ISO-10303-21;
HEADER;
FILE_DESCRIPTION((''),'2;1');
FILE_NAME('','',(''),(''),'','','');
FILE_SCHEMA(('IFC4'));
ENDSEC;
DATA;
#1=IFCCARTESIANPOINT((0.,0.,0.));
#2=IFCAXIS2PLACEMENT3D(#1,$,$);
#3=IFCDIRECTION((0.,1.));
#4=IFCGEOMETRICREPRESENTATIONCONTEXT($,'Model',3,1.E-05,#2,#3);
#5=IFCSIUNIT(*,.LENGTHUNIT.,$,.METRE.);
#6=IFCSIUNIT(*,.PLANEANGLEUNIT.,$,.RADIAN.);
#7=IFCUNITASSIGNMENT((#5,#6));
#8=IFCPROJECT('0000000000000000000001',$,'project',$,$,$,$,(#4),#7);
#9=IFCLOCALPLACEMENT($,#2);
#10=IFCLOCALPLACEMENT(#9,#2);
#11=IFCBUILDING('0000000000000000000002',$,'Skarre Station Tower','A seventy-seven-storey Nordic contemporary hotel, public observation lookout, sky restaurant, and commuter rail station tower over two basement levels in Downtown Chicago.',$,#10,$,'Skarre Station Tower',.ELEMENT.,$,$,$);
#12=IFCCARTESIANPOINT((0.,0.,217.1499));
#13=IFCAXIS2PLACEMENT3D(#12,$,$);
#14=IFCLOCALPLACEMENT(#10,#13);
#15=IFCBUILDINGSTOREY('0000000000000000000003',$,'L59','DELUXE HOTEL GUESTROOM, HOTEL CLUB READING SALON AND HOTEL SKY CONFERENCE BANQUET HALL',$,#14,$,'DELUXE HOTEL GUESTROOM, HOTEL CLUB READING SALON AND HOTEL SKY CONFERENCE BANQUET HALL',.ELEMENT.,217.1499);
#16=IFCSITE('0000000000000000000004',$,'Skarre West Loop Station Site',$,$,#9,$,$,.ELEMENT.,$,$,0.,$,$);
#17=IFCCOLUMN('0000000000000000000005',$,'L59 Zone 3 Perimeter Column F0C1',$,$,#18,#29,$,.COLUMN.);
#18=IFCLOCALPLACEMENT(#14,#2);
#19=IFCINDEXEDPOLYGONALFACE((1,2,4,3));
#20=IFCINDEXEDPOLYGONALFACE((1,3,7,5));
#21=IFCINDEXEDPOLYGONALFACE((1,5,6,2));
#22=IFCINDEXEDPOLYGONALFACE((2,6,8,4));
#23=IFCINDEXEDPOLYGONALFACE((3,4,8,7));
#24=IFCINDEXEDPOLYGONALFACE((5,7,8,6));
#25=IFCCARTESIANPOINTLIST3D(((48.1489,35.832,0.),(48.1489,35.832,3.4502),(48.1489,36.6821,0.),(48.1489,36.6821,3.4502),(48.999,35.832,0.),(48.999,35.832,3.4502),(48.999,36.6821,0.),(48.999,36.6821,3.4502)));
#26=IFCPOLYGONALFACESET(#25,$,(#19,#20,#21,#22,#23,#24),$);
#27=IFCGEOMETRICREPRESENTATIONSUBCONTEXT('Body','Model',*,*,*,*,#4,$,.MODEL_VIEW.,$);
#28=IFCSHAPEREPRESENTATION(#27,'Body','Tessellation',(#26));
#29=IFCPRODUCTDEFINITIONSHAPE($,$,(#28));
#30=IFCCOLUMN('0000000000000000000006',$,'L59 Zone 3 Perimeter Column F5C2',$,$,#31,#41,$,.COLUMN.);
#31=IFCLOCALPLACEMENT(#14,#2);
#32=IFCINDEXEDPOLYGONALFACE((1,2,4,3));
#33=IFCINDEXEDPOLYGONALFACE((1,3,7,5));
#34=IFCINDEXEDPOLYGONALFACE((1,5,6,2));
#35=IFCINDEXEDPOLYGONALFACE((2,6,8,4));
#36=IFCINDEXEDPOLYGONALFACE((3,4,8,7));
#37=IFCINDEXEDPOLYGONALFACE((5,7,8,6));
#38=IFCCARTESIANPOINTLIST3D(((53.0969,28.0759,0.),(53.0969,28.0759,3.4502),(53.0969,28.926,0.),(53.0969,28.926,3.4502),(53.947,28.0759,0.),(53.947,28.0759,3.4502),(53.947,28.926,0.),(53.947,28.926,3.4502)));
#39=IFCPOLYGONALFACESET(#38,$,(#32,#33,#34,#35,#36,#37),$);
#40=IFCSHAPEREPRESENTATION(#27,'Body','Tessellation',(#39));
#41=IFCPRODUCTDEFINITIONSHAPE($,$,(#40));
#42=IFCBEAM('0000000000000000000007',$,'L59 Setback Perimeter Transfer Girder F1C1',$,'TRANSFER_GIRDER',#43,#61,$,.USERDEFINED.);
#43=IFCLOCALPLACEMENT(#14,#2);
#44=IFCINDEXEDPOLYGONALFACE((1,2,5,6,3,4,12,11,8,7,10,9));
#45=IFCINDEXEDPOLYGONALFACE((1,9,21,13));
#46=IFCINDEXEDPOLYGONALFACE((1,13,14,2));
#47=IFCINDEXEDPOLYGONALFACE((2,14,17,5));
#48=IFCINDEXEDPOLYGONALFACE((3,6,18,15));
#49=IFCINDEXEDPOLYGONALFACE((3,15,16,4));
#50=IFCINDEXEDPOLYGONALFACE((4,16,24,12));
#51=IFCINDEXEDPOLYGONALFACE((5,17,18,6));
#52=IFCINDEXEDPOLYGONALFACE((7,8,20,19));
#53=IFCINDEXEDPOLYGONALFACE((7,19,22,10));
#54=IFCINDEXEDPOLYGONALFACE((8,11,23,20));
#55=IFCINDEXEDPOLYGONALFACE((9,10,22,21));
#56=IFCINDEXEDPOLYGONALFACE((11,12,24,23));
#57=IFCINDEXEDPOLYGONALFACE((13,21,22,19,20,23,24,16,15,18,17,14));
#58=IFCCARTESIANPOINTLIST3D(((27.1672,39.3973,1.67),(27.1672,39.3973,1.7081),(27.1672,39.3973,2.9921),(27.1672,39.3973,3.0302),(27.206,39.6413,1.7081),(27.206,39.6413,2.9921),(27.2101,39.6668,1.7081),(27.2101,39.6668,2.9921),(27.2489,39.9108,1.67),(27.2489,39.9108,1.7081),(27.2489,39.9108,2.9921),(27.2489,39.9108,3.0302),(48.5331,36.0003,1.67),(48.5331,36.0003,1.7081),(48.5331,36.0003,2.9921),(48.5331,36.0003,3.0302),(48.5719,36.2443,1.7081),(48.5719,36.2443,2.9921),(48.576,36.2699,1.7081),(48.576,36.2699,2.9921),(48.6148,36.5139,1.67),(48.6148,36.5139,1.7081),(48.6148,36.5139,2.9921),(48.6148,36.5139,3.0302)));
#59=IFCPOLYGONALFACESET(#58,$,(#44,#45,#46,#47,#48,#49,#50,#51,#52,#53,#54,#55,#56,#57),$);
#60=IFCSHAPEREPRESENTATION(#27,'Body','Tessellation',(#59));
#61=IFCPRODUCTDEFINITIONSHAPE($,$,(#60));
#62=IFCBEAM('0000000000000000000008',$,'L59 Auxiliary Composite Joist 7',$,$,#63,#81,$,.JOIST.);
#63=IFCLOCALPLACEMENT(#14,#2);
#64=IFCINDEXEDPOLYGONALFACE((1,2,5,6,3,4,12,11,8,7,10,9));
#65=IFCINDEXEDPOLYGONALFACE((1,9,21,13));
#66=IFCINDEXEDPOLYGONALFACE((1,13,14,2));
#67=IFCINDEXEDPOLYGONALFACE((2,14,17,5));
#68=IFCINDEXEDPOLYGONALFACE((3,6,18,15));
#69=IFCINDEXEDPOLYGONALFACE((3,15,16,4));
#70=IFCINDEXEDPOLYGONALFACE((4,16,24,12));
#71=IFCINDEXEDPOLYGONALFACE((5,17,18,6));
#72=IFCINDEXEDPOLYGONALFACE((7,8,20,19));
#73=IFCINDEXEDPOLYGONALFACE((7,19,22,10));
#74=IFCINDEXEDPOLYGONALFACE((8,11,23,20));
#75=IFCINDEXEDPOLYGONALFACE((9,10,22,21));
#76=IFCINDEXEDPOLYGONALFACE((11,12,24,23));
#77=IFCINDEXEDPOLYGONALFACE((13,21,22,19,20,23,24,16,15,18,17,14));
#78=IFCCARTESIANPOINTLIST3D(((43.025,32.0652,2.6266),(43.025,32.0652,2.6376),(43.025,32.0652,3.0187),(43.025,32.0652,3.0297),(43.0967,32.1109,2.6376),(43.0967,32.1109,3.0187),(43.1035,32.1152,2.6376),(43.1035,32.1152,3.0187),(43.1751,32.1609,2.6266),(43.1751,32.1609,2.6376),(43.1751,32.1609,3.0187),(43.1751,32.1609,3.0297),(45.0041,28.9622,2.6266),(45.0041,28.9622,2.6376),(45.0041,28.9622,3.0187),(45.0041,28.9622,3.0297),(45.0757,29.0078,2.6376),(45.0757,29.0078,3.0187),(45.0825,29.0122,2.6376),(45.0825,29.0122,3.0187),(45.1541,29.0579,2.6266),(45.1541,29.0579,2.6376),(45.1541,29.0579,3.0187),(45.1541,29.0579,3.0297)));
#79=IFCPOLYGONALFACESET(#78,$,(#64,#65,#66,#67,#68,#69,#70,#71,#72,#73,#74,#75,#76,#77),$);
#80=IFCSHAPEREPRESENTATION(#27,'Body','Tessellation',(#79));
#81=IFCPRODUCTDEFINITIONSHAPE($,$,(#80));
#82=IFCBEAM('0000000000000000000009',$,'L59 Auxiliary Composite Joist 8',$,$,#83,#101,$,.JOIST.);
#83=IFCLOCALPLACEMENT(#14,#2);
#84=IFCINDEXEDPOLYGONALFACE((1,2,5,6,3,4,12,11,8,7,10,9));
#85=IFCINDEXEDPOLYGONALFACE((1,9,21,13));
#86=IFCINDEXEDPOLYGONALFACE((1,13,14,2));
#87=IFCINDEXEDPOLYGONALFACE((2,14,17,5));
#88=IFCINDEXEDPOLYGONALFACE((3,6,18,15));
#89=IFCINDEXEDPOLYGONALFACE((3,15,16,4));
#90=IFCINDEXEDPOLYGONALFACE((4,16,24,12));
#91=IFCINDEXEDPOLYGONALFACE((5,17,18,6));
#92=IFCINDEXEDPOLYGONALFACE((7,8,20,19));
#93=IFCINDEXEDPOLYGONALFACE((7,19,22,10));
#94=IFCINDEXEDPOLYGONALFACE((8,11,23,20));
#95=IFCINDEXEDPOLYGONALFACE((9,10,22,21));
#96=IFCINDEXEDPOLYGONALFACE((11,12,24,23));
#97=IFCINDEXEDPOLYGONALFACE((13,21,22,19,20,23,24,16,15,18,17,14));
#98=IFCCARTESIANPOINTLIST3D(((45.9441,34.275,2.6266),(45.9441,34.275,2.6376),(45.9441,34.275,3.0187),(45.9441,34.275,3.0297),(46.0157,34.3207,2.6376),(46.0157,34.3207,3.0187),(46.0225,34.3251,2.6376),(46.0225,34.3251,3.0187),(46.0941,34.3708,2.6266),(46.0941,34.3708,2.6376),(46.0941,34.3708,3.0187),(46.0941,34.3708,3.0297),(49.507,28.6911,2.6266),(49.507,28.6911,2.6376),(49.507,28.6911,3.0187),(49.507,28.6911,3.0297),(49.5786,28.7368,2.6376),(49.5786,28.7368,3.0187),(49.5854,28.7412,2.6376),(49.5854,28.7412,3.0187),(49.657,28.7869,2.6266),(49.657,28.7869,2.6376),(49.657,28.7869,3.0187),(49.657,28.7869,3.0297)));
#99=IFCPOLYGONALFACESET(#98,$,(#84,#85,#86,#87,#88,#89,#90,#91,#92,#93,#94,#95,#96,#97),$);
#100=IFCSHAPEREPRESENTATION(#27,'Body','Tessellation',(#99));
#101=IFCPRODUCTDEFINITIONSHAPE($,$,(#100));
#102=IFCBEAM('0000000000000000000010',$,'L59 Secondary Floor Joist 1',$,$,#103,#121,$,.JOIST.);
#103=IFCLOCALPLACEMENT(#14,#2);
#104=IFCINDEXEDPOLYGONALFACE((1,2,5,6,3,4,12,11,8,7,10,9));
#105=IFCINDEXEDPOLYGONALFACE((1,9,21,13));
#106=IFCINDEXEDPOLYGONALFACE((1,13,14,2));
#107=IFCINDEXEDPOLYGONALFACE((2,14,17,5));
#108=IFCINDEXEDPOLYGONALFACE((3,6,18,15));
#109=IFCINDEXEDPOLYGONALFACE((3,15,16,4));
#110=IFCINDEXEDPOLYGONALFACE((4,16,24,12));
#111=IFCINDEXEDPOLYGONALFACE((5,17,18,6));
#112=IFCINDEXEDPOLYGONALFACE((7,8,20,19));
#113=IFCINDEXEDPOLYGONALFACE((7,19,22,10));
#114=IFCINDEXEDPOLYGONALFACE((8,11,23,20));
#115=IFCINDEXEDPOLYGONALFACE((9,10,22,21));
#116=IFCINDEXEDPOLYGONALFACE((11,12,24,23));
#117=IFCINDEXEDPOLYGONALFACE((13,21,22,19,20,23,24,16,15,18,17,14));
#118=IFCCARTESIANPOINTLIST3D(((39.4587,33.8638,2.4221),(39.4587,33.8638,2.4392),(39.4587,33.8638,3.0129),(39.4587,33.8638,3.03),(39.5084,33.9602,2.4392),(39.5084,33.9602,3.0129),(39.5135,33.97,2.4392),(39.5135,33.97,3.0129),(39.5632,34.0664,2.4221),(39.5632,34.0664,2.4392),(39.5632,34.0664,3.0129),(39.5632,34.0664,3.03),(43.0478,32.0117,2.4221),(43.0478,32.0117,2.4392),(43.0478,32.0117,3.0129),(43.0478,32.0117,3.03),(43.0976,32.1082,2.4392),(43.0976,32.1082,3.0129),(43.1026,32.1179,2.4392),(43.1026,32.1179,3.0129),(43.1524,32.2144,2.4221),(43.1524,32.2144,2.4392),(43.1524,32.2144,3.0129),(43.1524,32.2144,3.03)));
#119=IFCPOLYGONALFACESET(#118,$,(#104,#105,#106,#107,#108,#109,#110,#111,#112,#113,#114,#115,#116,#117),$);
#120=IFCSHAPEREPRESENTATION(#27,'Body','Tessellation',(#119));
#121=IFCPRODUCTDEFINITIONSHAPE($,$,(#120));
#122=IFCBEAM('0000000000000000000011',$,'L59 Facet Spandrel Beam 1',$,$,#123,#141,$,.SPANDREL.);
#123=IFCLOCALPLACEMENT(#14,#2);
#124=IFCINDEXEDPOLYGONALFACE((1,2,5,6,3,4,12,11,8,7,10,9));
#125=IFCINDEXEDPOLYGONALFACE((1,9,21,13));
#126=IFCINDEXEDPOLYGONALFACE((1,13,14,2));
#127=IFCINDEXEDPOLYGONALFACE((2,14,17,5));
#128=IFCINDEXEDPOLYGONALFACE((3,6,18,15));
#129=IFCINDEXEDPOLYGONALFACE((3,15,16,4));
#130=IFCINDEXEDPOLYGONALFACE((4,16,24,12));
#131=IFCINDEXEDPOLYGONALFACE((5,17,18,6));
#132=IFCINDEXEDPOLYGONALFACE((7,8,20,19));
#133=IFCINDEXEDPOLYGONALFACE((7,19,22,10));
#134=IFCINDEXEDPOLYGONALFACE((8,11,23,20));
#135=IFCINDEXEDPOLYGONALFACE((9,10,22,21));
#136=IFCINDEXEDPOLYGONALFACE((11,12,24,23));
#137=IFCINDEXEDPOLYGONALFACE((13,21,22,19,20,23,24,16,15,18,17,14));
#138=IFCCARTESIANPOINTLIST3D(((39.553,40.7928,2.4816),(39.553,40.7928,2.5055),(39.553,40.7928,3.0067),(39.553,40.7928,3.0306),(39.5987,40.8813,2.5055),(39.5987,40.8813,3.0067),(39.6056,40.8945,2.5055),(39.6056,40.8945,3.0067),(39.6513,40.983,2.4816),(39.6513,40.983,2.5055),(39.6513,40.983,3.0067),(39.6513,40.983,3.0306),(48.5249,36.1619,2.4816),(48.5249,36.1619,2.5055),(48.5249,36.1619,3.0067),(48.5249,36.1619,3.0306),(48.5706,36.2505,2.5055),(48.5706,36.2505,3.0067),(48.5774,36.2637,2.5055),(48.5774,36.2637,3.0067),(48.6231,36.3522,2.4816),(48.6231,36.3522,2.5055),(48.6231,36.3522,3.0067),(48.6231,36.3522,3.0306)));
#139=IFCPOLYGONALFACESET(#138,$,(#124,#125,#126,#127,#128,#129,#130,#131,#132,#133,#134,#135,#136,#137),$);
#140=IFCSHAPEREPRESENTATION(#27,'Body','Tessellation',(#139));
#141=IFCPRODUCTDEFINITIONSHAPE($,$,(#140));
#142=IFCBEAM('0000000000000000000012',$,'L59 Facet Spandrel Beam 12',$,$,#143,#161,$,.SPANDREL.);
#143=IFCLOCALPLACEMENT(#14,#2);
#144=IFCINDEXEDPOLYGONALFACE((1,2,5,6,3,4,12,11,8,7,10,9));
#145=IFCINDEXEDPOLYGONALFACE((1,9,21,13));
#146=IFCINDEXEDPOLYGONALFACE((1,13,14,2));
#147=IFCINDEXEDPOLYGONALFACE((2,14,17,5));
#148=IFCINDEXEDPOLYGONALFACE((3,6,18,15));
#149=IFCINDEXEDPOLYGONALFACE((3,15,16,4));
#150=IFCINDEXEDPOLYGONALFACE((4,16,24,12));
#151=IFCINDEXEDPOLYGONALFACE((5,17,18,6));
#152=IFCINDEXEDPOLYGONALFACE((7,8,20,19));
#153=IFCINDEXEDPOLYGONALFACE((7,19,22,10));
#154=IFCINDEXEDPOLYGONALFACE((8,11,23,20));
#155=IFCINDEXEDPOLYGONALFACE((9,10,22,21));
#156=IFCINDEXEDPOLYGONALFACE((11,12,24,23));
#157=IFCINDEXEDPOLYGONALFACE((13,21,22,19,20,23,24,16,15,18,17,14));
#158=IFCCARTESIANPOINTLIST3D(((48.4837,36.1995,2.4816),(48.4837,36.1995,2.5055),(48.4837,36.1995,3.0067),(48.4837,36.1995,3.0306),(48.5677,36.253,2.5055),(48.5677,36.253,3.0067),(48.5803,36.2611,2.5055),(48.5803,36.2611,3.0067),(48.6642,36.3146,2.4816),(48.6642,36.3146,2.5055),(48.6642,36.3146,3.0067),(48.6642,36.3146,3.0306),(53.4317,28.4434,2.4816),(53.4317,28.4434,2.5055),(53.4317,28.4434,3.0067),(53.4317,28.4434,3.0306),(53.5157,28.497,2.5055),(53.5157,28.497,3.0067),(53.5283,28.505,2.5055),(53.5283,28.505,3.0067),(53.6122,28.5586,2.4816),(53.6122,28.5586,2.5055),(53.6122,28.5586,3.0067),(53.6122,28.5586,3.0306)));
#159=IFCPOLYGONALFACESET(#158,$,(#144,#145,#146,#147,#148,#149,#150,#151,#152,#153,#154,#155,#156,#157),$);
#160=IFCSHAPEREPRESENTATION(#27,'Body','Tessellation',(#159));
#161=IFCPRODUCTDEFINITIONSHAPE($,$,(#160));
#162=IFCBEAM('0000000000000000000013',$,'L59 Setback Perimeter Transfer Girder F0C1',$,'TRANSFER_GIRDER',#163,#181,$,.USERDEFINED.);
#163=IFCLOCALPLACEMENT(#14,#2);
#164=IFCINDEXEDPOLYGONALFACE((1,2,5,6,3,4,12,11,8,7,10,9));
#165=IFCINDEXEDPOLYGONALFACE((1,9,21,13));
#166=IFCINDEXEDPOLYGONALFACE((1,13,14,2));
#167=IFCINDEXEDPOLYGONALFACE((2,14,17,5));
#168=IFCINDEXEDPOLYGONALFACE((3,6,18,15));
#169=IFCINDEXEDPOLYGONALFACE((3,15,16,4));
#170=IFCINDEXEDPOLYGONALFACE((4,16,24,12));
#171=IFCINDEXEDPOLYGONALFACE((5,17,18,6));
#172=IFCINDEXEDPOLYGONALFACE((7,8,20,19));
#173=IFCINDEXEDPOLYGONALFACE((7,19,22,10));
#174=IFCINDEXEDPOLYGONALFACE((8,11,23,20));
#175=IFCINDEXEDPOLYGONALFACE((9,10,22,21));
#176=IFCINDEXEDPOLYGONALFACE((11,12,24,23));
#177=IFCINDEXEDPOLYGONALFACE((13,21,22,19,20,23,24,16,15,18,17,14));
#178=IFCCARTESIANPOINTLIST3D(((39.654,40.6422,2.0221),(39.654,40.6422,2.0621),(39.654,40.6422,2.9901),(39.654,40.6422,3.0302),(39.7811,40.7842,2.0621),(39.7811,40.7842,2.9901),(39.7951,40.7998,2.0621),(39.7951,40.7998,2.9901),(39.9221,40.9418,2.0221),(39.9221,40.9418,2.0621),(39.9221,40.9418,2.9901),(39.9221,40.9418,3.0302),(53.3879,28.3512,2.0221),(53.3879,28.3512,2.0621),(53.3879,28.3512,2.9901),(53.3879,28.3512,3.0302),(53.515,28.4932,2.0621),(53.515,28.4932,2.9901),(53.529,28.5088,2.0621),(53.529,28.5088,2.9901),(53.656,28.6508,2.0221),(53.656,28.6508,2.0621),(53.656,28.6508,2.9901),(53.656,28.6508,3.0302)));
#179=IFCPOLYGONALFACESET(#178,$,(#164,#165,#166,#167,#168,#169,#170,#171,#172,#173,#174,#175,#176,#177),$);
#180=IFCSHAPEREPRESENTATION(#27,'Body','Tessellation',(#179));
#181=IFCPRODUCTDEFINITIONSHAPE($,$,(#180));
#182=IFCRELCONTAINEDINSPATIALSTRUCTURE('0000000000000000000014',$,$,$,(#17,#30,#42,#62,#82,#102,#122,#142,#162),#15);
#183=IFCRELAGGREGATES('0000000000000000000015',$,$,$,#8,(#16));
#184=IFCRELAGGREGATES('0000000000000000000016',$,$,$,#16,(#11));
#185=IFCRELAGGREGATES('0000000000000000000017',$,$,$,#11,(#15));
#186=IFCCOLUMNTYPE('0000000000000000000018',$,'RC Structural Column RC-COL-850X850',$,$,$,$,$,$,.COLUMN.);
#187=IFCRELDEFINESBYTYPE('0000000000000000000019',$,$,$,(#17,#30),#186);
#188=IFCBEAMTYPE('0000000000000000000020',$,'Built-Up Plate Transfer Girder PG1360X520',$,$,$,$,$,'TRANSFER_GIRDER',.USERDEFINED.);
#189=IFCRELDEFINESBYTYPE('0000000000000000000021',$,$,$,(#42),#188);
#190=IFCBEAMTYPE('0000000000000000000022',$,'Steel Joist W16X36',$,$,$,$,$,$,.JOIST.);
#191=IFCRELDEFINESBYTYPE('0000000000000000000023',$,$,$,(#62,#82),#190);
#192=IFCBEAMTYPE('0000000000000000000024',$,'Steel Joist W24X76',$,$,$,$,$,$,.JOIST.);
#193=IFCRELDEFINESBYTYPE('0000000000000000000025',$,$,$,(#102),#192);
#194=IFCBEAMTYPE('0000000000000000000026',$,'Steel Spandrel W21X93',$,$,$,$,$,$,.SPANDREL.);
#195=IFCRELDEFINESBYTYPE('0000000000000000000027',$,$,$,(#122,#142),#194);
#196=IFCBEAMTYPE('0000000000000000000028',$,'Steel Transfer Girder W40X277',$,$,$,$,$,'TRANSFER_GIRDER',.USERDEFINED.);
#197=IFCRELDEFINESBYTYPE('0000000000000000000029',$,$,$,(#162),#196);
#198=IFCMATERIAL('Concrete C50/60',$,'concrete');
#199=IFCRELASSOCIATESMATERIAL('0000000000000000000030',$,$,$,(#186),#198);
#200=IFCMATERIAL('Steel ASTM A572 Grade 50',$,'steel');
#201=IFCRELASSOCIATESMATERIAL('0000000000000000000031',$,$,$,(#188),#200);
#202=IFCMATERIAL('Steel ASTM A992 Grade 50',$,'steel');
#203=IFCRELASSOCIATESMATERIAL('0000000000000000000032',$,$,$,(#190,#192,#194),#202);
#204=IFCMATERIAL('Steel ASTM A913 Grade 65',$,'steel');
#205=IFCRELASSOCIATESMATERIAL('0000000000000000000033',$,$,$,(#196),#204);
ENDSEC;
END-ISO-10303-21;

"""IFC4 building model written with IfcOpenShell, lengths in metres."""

from ifc_helpers import new_model, si_unit, direction, frame, origin, origin_2d, place, context, subcontext, project, spatial, rectangle, i_section, extrude, material, material_profile, profile_set, type_object, element, save


model = new_model("IFC4")

# Units and contexts
model_context = context("Model", 3, precision=1e-05, world=origin(), true_north=direction((0.0, 1.0)))
body_context = subcontext(model_context, "Body", "Model", "MODEL_VIEW")
ifc_project = project(units=[si_unit("LENGTHUNIT", "METRE"), si_unit("PLANEANGLEUNIT", "RADIAN")], contexts=[model_context])

# Site, building, storey
site_placement = place(None, origin())
site = spatial("IfcSite", under=ifc_project, at=site_placement, Name="Skarre West Loop Station Site", CompositionType="ELEMENT", RefElevation=0.0)
building_placement = place(site_placement, origin())
building = spatial("IfcBuilding", under=site, at=building_placement, Name="Skarre Station Tower", Description="A seventy-seven-storey Nordic contemporary hotel, public observation lookout, sky restaurant, and commuter rail station tower over two basement levels in Downtown Chicago.", LongName="Skarre Station Tower", CompositionType="ELEMENT")
storey_placement = place(building_placement, frame((0.0, 0.0, 217.1499)))
storey = spatial("IfcBuildingStorey", under=building, at=storey_placement, Name="L59", Description="DELUXE HOTEL GUESTROOM, HOTEL CLUB READING SALON AND HOTEL SKY CONFERENCE BANQUET HALL", LongName="DELUXE HOTEL GUESTROOM, HOTEL CLUB READING SALON AND HOTEL SKY CONFERENCE BANQUET HALL", CompositionType="ELEMENT", Elevation=217.1499)

# Columns
ifc_material_1 = material(Name="Concrete C50/60", Category="concrete")
ifc_material_profile_1 = material_profile(ifc_material_1, rectangle(XDim=0.8501, YDim=0.8501, at=origin_2d()), Name="Concrete C50/60")
ifc_profile_set_1 = profile_set([ifc_material_profile_1], Name="Concrete C50/60")
column_type = type_object("IfcColumnType", Name="RC Structural Column RC-COL-850X850", PredefinedType="COLUMN", material=ifc_profile_set_1)
for number, where, z_axis, x_axis, name in (
    (1, (48.574, 36.2571, 0.0), (0.0, 0.0, 1.0), (1.0, 0.0, 0.0), "L59 Zone 3 Perimeter Column F0C1"),
    (2, (53.522, 28.501, 0.0), (0.0, 0.0, 1.0), (1.0, 0.0, 0.0), "L59 Zone 3 Perimeter Column F5C2"),
):
    element("IfcColumn", number, at=place(storey_placement, frame(where, z_axis=z_axis, x_axis=x_axis)), inside=storey, type_object=column_type, Name=name, PredefinedType="COLUMN", context=body_context, shape_type="SweptSolid", body=[
        extrude(rectangle(XDim=0.8501, YDim=0.8501, at=origin_2d()), origin(), (0.0, 0.0, 1.0), 3.4502),
    ])

# Beams
ifc_material_2 = material(Name="Steel ASTM A572 Grade 50", Category="steel")
ifc_material_profile_2 = material_profile(ifc_material_2, i_section(OverallWidth=0.52, OverallDepth=1.3601, WebThickness=0.0259, FlangeThickness=0.0381, at=origin_2d()), Name="Steel ASTM A572 Grade 50")
ifc_profile_set_2 = profile_set([ifc_material_profile_2], Name="Steel ASTM A572 Grade 50")
beam_type_1 = type_object("IfcBeamType", Name="Built-Up Plate Transfer Girder PG1360X520", ElementType="TRANSFER_GIRDER", PredefinedType="USERDEFINED", material=ifc_profile_set_2)
beam_1_placement = place(storey_placement, frame((48.574, 36.2571, 2.3501), z_axis=(-0.987596, 0.157018, 0.0), x_axis=(-0.157018, -0.987596, 0.0)))
element("IfcBeam", 3, at=beam_1_placement, inside=storey, type_object=beam_type_1, Name="L59 Setback Perimeter Transfer Girder F1C1", ObjectType="TRANSFER_GIRDER", PredefinedType="USERDEFINED", context=body_context, shape_type="SweptSolid", body=[
    extrude(i_section(OverallWidth=0.52, OverallDepth=1.3601, WebThickness=0.0259, FlangeThickness=0.0381, at=origin_2d()), origin(), (0.0, 0.0, 1.0), 21.6343),
])
ifc_material_3 = material(Name="Steel ASTM A992 Grade 50", Category="steel")
ifc_material_profile_3 = material_profile(ifc_material_3, i_section(OverallWidth=0.178, OverallDepth=0.4031, WebThickness=0.0081, FlangeThickness=0.011, at=origin_2d()), Name="Steel ASTM A992 Grade 50")
ifc_profile_set_3 = profile_set([ifc_material_profile_3], Name="Steel ASTM A992 Grade 50")
beam_type_2 = type_object("IfcBeamType", Name="Steel Joist W16X36", PredefinedType="JOIST", material=ifc_profile_set_3)
beam_2_placement = place(storey_placement, frame((45.0791, 29.01, 2.8281), z_axis=(-0.537717, 0.843126, 0.0), x_axis=(-0.843126, -0.537717, 0.0)))
element("IfcBeam", 4, at=beam_2_placement, inside=storey, type_object=beam_type_2, Name="L59 Auxiliary Composite Joist 7", PredefinedType="JOIST", context=body_context, shape_type="SweptSolid", body=[
    extrude(i_section(OverallWidth=0.178, OverallDepth=0.4031, WebThickness=0.0081, FlangeThickness=0.011, at=origin_2d()), origin(), (0.0, 0.0, 1.0), 3.6804),
])
beam_3_placement = place(storey_placement, frame((49.582, 28.739, 2.8281), z_axis=(-0.537901, 0.843008, 0.0), x_axis=(-0.843008, -0.537901, 0.0)))
element("IfcBeam", 5, at=beam_3_placement, inside=storey, type_object=beam_type_2, Name="L59 Auxiliary Composite Joist 8", PredefinedType="JOIST", context=body_context, shape_type="SweptSolid", body=[
    extrude(i_section(OverallWidth=0.178, OverallDepth=0.4031, WebThickness=0.0081, FlangeThickness=0.011, at=origin_2d()), origin(), (0.0, 0.0, 1.0), 6.6238),
])
ifc_material_profile_4 = material_profile(ifc_material_3, i_section(OverallWidth=0.228, OverallDepth=0.6079, WebThickness=0.011, FlangeThickness=0.0171, at=origin_2d()), Name="Steel ASTM A992 Grade 50")
ifc_profile_set_4 = profile_set([ifc_material_profile_4], Name="Steel ASTM A992 Grade 50")
beam_type_3 = type_object("IfcBeamType", Name="Steel Joist W24X76", PredefinedType="JOIST", material=ifc_profile_set_4)
beam_4_placement = place(storey_placement, frame((43.1001, 32.113, 2.7261), z_axis=(-0.88866, 0.458566, 0.0), x_axis=(-0.458566, -0.88866, 0.0)))
element("IfcBeam", 6, at=beam_4_placement, inside=storey, type_object=beam_type_3, Name="L59 Secondary Floor Joist 1", PredefinedType="JOIST", context=body_context, shape_type="SweptSolid", body=[
    extrude(i_section(OverallWidth=0.228, OverallDepth=0.6079, WebThickness=0.011, FlangeThickness=0.0171, at=origin_2d()), origin(), (0.0, 0.0, 1.0), 4.0388),
])
ifc_material_profile_5 = material_profile(ifc_material_3, i_section(OverallWidth=0.2141, OverallDepth=0.5491, WebThickness=0.0149, FlangeThickness=0.0239, at=origin_2d()), Name="Steel ASTM A992 Grade 50")
ifc_profile_set_5 = profile_set([ifc_material_profile_5], Name="Steel ASTM A992 Grade 50")
beam_type_4 = type_object("IfcBeamType", Name="Steel Spandrel W21X93", PredefinedType="SPANDREL", material=ifc_profile_set_5)
beam_5_placement = place(storey_placement, frame((48.574, 36.2571, 2.7561), z_axis=(-0.888613, 0.458658, 0.0), x_axis=(-0.458658, -0.888613, 0.0)))
element("IfcBeam", 7, at=beam_5_placement, inside=storey, type_object=beam_type_4, Name="L59 Facet Spandrel Beam 1", PredefinedType="SPANDREL", context=body_context, shape_type="SweptSolid", body=[
    extrude(i_section(OverallWidth=0.2141, OverallDepth=0.5491, WebThickness=0.0149, FlangeThickness=0.0239, at=origin_2d()), origin(), (0.0, 0.0, 1.0), 10.0964),
])
beam_6_placement = place(storey_placement, frame((53.522, 28.501, 2.7561), z_axis=(-0.537826, 0.843056, 0.0), x_axis=(-0.843056, -0.537826, 0.0)))
element("IfcBeam", 8, at=beam_6_placement, inside=storey, type_object=beam_type_4, Name="L59 Facet Spandrel Beam 12", PredefinedType="SPANDREL", context=body_context, shape_type="SweptSolid", body=[
    extrude(i_section(OverallWidth=0.2141, OverallDepth=0.5491, WebThickness=0.0149, FlangeThickness=0.0239, at=origin_2d()), origin(), (0.0, 0.0, 1.0), 9.2),
])
ifc_material_4 = material(Name="Steel ASTM A913 Grade 65", Category="steel")
ifc_material_profile_6 = material_profile(ifc_material_4, i_section(OverallWidth=0.4021, OverallDepth=1.0081, WebThickness=0.021, FlangeThickness=0.04, at=origin_2d()), Name="Steel ASTM A913 Grade 65")
ifc_profile_set_6 = profile_set([ifc_material_profile_6], Name="Steel ASTM A913 Grade 65")
beam_type_5 = type_object("IfcBeamType", Name="Steel Transfer Girder W40X277", ElementType="TRANSFER_GIRDER", PredefinedType="USERDEFINED", material=ifc_profile_set_6)
beam_7_placement = place(storey_placement, frame((53.522, 28.501, 2.5261), z_axis=(-0.745166, 0.666879, 0.0), x_axis=(-0.666879, -0.745166, 0.0)))
element("IfcBeam", 9, at=beam_7_placement, inside=storey, type_object=beam_type_5, Name="L59 Setback Perimeter Transfer Girder F0C1", ObjectType="TRANSFER_GIRDER", PredefinedType="USERDEFINED", context=body_context, shape_type="SweptSolid", body=[
    extrude(i_section(OverallWidth=0.4021, OverallDepth=1.0081, WebThickness=0.021, FlangeThickness=0.04, at=origin_2d()), origin(), (0.0, 0.0, 1.0), 18.4307),
])

save(model, "model.ifc")
